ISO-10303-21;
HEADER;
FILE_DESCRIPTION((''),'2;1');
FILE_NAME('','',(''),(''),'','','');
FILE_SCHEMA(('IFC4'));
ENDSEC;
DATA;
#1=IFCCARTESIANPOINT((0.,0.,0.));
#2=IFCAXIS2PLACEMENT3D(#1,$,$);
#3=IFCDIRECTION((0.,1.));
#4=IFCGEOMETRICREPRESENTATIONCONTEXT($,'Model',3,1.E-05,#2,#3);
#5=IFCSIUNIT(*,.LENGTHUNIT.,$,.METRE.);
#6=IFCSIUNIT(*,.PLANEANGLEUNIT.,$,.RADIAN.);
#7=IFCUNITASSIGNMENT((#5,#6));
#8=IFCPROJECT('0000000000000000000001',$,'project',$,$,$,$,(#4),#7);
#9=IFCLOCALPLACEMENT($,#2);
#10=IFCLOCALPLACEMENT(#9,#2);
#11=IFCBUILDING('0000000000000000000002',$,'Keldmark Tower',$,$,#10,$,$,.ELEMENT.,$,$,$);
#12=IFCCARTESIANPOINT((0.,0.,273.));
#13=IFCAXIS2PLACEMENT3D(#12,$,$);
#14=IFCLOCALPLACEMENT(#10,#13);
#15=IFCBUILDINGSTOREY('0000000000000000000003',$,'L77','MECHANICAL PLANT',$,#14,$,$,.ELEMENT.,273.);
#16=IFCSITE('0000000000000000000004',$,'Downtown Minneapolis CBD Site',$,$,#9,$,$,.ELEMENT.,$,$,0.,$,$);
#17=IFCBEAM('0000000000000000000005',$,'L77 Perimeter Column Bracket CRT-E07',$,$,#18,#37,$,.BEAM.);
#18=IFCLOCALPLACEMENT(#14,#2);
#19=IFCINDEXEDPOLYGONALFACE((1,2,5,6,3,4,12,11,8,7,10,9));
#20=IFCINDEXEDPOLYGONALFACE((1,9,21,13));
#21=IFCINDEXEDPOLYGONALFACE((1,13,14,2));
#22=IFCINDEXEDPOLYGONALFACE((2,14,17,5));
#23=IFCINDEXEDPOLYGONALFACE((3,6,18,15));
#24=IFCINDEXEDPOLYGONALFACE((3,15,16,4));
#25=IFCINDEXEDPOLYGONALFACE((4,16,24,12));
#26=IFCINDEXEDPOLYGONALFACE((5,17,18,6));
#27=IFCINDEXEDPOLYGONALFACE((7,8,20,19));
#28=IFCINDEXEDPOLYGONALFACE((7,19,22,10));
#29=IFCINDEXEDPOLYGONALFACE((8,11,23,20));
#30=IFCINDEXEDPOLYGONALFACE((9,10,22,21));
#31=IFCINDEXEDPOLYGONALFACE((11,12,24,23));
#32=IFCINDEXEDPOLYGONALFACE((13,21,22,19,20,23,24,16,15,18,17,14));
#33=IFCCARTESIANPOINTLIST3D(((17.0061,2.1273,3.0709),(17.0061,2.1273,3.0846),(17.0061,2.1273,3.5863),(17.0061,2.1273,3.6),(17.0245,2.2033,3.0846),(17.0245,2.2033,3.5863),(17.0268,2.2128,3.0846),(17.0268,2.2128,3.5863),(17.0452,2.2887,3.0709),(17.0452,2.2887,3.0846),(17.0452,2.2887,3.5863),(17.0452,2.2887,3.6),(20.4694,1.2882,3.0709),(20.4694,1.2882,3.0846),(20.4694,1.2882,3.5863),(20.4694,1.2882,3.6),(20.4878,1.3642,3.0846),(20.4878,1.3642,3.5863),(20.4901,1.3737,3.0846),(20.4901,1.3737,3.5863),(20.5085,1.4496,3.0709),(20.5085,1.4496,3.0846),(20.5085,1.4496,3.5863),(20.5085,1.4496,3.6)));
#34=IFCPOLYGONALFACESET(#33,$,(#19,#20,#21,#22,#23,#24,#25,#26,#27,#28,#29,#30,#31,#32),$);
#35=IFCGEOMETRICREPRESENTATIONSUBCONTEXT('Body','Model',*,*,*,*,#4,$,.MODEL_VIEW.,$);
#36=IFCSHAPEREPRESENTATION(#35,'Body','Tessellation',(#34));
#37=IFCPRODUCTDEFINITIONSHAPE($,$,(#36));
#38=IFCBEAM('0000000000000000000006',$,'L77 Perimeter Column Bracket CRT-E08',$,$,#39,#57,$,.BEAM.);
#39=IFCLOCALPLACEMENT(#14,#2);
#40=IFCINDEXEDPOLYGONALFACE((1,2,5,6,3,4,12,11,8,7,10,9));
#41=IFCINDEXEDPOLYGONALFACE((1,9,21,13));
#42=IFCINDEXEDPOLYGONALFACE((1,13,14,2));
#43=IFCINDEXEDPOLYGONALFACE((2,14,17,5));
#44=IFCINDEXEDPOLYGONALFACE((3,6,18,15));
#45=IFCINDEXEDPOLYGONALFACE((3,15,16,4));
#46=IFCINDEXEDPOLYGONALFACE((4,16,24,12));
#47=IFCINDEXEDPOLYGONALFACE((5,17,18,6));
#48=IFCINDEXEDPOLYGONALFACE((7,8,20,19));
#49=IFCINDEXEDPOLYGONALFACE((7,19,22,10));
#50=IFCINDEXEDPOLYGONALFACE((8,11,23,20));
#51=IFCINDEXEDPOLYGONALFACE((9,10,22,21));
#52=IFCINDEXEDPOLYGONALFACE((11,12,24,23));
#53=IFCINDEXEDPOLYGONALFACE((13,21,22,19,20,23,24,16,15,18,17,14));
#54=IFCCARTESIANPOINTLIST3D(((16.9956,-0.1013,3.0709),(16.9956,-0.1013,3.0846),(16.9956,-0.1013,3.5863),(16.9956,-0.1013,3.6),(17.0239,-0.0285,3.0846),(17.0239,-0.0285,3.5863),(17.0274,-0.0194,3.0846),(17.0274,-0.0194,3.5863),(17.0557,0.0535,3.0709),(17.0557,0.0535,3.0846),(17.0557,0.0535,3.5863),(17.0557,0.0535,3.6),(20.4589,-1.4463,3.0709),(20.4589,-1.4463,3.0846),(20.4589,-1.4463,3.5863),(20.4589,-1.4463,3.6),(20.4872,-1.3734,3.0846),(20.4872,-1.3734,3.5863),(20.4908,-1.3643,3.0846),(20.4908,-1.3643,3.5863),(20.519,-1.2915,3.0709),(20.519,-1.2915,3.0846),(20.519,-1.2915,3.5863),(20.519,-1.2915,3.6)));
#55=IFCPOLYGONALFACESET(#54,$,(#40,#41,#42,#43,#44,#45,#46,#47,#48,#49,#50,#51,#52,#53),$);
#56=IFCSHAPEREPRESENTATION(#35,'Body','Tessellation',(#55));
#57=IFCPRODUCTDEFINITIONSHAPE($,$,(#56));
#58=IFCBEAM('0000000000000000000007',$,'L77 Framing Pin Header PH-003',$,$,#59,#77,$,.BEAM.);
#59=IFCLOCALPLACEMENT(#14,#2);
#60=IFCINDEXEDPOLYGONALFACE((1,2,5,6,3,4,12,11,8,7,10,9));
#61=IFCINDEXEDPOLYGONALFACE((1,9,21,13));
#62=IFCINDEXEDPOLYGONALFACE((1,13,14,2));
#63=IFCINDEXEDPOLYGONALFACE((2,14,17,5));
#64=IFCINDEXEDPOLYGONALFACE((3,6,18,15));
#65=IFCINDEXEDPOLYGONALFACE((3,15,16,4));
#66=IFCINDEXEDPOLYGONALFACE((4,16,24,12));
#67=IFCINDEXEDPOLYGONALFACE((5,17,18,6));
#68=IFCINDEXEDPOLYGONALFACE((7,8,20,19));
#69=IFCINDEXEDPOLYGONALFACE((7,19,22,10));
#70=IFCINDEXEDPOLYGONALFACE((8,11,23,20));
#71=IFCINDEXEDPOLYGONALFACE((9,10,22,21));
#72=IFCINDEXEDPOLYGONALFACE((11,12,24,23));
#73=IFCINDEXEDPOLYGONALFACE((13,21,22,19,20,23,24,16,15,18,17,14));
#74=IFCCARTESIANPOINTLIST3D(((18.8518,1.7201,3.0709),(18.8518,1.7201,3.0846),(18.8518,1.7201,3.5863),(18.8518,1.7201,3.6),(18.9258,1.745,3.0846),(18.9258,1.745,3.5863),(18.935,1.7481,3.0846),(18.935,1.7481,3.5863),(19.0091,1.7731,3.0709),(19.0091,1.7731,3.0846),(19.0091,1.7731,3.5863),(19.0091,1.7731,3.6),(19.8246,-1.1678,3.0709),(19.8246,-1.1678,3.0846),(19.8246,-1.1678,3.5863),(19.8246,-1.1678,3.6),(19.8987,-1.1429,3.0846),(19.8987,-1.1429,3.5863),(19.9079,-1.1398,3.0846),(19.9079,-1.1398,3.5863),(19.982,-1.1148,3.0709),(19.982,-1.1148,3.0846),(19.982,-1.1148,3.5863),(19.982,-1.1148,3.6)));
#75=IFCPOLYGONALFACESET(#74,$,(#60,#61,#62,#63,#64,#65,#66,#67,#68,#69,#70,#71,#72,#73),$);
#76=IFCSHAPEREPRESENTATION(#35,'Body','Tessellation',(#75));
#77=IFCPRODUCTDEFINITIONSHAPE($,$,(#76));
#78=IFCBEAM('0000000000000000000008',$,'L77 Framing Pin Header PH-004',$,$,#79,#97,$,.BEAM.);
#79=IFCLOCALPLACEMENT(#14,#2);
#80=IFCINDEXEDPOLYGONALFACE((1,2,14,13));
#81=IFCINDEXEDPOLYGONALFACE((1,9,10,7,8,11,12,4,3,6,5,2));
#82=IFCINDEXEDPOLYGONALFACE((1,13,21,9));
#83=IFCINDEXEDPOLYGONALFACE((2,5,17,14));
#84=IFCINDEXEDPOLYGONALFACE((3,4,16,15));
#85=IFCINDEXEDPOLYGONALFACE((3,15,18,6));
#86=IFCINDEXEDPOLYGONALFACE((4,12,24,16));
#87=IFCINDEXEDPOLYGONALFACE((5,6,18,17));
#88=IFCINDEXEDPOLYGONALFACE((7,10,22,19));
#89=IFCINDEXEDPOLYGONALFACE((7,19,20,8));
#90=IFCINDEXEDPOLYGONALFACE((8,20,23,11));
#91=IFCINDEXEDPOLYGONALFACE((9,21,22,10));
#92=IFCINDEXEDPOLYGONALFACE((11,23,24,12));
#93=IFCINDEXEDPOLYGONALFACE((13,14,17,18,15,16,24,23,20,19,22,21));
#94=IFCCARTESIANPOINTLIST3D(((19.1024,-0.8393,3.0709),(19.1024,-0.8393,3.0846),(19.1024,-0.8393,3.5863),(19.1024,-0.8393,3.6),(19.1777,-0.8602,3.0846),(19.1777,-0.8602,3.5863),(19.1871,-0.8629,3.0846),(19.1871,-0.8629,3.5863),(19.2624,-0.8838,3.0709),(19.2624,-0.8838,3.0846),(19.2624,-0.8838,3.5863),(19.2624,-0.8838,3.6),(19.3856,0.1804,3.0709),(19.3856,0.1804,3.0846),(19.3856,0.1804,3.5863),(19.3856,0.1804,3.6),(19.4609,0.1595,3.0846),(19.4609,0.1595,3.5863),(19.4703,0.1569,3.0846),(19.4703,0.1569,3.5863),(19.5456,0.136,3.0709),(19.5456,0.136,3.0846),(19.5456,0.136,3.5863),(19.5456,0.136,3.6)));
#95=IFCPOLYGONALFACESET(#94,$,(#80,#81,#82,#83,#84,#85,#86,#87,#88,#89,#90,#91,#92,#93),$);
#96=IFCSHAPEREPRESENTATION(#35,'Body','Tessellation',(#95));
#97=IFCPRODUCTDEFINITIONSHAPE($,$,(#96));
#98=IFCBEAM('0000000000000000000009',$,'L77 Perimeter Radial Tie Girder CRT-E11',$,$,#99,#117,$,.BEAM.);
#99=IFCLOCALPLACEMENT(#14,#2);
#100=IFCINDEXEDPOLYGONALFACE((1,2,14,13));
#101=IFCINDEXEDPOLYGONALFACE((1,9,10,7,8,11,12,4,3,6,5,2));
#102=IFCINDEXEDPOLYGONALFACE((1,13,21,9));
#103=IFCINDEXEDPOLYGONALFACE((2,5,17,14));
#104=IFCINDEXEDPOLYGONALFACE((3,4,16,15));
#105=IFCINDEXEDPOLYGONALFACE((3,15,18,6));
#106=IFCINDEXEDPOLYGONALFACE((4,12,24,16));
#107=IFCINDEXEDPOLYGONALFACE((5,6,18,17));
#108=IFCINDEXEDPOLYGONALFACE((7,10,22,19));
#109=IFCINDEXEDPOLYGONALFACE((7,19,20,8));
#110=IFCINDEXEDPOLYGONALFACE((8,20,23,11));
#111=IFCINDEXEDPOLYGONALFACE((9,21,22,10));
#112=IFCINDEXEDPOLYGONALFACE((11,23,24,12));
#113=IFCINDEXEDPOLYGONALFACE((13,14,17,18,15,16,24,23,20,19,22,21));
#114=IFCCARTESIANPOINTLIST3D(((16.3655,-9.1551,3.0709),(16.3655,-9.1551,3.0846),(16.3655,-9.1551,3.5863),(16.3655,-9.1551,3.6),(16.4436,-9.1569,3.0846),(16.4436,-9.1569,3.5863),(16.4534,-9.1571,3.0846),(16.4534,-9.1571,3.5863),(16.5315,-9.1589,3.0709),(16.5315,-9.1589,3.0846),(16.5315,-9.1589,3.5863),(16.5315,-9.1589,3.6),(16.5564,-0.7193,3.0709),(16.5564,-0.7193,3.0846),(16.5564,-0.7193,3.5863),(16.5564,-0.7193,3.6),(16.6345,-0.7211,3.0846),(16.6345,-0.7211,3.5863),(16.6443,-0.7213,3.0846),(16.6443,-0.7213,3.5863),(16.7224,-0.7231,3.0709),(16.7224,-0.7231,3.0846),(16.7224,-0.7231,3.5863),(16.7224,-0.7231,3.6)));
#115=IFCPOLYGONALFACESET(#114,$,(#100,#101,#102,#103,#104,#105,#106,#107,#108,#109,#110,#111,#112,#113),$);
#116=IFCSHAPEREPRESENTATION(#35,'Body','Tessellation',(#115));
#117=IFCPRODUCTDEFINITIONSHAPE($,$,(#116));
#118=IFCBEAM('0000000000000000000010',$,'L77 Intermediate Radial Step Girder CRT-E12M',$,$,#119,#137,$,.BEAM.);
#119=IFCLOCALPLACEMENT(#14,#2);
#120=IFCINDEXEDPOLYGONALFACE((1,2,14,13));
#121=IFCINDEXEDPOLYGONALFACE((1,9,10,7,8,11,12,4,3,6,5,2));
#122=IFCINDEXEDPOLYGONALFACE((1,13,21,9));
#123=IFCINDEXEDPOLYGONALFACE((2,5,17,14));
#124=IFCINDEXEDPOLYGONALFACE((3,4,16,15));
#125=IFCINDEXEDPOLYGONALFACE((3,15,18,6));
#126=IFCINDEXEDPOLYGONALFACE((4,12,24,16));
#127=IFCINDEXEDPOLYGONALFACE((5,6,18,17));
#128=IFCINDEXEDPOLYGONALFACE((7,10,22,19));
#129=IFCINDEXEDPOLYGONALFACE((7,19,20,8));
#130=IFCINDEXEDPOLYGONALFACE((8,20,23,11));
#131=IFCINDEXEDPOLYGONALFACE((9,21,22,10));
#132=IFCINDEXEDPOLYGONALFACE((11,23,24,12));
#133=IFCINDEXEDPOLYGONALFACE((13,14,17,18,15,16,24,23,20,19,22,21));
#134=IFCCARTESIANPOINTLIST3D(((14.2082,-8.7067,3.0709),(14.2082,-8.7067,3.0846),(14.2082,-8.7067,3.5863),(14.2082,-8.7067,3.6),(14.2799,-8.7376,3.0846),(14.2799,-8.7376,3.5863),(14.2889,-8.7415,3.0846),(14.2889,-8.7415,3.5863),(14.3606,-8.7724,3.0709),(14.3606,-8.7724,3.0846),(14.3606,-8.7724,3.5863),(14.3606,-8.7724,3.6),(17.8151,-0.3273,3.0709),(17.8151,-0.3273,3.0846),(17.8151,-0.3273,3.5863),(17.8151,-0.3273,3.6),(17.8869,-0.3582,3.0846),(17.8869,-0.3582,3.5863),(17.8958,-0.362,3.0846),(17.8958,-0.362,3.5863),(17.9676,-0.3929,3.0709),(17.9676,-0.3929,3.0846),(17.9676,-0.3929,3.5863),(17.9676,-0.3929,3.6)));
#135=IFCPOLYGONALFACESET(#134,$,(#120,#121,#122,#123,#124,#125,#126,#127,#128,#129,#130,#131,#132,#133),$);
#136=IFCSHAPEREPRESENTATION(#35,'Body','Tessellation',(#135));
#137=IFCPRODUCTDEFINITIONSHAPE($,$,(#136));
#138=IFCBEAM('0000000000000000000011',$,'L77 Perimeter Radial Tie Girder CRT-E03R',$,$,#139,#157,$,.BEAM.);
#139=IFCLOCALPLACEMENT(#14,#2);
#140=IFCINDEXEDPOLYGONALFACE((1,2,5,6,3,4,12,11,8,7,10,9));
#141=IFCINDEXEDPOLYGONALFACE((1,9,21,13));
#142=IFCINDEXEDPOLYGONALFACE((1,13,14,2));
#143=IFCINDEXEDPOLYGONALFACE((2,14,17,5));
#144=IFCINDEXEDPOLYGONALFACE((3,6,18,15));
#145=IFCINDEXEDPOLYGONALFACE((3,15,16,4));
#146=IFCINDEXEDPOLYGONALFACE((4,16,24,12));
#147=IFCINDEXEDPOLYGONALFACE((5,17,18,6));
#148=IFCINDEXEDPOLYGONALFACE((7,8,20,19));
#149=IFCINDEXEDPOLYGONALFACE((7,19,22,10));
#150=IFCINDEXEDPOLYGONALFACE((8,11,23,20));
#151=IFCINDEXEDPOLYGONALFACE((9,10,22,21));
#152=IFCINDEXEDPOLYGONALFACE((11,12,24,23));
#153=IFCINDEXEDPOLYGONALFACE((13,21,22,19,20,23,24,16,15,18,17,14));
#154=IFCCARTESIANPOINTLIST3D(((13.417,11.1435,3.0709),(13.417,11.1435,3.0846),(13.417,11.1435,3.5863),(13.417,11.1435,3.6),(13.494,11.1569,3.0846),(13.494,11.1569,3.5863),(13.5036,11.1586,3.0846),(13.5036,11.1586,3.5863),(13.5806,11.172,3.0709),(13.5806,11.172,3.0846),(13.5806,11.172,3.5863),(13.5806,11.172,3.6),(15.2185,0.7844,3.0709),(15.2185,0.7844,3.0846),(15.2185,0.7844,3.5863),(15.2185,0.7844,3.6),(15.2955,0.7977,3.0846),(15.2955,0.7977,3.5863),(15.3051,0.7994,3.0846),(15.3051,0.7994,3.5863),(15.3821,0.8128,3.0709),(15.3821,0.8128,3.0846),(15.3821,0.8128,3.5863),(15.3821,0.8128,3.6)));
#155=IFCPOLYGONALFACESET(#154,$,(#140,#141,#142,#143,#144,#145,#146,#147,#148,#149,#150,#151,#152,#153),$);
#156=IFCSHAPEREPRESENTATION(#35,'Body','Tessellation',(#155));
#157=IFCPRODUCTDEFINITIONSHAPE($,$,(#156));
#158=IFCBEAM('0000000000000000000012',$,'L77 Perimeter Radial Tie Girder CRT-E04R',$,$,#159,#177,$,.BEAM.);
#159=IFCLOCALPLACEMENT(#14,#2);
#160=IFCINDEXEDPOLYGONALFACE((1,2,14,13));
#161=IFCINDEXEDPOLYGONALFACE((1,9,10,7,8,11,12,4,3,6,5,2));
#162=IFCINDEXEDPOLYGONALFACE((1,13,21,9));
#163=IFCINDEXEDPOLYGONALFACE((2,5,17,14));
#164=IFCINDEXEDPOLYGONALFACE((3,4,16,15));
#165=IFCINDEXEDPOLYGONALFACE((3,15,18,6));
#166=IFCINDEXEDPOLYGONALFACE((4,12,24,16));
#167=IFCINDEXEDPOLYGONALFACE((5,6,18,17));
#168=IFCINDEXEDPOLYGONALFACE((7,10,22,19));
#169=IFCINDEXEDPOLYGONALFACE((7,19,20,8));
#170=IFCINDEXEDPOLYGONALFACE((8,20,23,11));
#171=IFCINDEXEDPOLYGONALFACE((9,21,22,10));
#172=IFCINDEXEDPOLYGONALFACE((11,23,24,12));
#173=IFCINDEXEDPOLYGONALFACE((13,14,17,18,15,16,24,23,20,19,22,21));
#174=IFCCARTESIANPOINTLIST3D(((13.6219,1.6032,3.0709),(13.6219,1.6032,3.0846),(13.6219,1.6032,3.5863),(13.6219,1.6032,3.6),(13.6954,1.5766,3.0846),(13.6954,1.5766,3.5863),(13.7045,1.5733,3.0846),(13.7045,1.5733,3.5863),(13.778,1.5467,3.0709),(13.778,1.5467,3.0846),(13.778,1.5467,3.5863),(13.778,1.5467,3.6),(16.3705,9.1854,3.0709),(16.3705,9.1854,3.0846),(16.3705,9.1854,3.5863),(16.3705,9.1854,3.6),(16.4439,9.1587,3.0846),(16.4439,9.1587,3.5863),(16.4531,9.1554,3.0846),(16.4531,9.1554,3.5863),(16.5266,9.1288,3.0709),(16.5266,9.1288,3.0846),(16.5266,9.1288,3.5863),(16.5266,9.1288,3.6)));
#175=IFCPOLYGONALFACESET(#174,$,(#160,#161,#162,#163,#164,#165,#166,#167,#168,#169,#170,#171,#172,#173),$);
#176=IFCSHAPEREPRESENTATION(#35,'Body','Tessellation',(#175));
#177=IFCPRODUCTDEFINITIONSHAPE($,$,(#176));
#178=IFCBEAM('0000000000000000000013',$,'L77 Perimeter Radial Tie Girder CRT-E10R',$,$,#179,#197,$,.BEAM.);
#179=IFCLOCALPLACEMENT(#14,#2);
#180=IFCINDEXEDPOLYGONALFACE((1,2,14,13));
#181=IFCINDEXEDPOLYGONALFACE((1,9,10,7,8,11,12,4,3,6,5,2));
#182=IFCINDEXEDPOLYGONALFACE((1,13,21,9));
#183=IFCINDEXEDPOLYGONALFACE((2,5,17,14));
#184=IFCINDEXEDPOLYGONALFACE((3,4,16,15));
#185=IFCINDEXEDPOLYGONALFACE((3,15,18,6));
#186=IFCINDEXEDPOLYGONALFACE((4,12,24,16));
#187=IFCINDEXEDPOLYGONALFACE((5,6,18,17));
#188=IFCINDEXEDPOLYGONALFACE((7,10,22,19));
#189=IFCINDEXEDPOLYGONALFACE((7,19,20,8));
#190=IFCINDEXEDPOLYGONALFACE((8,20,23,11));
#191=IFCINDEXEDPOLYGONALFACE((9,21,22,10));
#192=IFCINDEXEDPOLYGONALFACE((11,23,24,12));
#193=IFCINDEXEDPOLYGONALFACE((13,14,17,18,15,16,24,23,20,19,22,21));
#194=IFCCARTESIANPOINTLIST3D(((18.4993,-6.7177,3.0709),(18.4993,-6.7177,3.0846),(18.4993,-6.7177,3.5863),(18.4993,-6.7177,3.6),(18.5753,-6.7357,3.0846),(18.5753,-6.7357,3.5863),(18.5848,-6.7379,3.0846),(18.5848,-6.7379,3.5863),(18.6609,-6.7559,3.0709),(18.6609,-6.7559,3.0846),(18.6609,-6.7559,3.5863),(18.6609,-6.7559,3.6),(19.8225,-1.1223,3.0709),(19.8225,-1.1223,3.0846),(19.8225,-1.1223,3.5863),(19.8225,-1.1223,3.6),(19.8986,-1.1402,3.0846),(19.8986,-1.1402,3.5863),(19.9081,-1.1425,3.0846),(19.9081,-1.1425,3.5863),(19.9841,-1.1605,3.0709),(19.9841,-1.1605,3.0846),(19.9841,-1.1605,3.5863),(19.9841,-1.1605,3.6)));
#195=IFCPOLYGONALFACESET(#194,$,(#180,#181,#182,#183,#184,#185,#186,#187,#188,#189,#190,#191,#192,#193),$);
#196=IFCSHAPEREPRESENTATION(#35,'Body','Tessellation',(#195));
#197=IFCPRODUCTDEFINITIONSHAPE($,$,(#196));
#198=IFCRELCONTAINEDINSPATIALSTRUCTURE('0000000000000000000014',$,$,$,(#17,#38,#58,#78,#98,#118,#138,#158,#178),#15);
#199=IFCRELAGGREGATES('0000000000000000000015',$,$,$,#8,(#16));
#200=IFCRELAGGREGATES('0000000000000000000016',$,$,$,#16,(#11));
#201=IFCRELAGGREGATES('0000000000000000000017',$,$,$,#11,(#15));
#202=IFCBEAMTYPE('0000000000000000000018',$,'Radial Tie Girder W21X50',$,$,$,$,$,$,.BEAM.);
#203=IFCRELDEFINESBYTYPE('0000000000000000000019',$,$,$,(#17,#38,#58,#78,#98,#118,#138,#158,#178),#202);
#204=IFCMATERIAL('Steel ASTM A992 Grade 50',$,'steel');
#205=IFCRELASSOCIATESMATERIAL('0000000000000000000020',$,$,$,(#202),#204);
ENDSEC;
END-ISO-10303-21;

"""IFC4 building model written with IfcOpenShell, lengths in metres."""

from ifc_helpers import new_model, si_unit, direction, frame, origin, origin_2d, place, context, subcontext, project, spatial, i_section, extrude, material, material_profile, profile_set, type_object, element, save


model = new_model("IFC4")

# Units and contexts
model_context = context("Model", 3, precision=1e-05, world=origin(), true_north=direction((0.0, 1.0)))
body_context = subcontext(model_context, "Body", "Model", "MODEL_VIEW")
ifc_project = project(units=[si_unit("LENGTHUNIT", "METRE"), si_unit("PLANEANGLEUNIT", "RADIAN")], contexts=[model_context])

# Site, building, storey
site_placement = place(None, origin())
site = spatial("IfcSite", under=ifc_project, at=site_placement, Name="Downtown Minneapolis CBD Site", CompositionType="ELEMENT", RefElevation=0.0)
building_placement = place(site_placement, origin())
building = spatial("IfcBuilding", under=site, at=building_placement, Name="Keldmark Tower", CompositionType="ELEMENT")
storey_placement = place(building_placement, frame((0.0, 0.0, 273.0)))
storey = spatial("IfcBuildingStorey", under=building, at=storey_placement, Name="L77", Description="MECHANICAL PLANT", CompositionType="ELEMENT", Elevation=273.0)

# Beams
ifc_material_1 = material(Name="Steel ASTM A992 Grade 50", Category="steel")
ifc_material_profile_1 = material_profile(ifc_material_1, i_section(OverallWidth=0.166, OverallDepth=0.5291, WebThickness=0.0098, FlangeThickness=0.0137, at=origin_2d()), Name="W21X50")
ifc_profile_set_1 = profile_set([ifc_material_profile_1], Name="Steel ASTM A992 Grade 50")
beam_type_1 = type_object("IfcBeamType", Name="Radial Tie Girder W21X50", PredefinedType="BEAM", material=ifc_profile_set_1)
beam_1_placement = place(storey_placement, frame((17.0256, 2.208, 3.3354), z_axis=(0.971882, -0.235469, 0.0), x_axis=(0.235469, 0.971882, 0.0)))
element("IfcBeam", 1, at=beam_1_placement, inside=storey, type_object=beam_type_1, Name="L77 Perimeter Column Bracket CRT-E07", PredefinedType="BEAM", context=body_context, shape_type="SweptSolid", body=[
    extrude(i_section(OverallWidth=0.166, OverallDepth=0.5291, WebThickness=0.0098, FlangeThickness=0.0137, at=origin_2d()), origin(), (0.0, 0.0, 1.0), 3.5635),
])
beam_2_placement = place(storey_placement, frame((17.0256, -0.0239, 3.3354), z_axis=(0.932177, -0.362002, 0.0), x_axis=(0.362002, 0.932177, 0.0)))
element("IfcBeam", 2, at=beam_2_placement, inside=storey, type_object=beam_type_1, Name="L77 Perimeter Column Bracket CRT-E08", PredefinedType="BEAM", context=body_context, shape_type="SweptSolid", body=[
    extrude(i_section(OverallWidth=0.166, OverallDepth=0.5291, WebThickness=0.0098, FlangeThickness=0.0137, at=origin_2d()), origin(), (0.0, 0.0, 1.0), 3.7153),
])
beam_3_placement = place(storey_placement, frame((18.9304, 1.7466, 3.3354), z_axis=(0.319254, -0.947669, 0.0), x_axis=(0.947669, 0.319254, 0.0)))
element("IfcBeam", 3, at=beam_3_placement, inside=storey, type_object=beam_type_1, Name="L77 Framing Pin Header PH-003", PredefinedType="BEAM", context=body_context, shape_type="SweptSolid", body=[
    extrude(i_section(OverallWidth=0.166, OverallDepth=0.5291, WebThickness=0.0098, FlangeThickness=0.0137, at=origin_2d()), origin(), (0.0, 0.0, 1.0), 3.0474),
])
beam_4_placement = place(storey_placement, frame((19.4656, 0.1582, 3.3354), z_axis=(-0.267584, -0.963534, 0.0), x_axis=(0.963534, -0.267584, 0.0)))
element("IfcBeam", 4, at=beam_4_placement, inside=storey, type_object=beam_type_1, Name="L77 Framing Pin Header PH-004", PredefinedType="BEAM", context=body_context, shape_type="SweptSolid", body=[
    extrude(i_section(OverallWidth=0.166, OverallDepth=0.5291, WebThickness=0.0098, FlangeThickness=0.0137, at=origin_2d()), origin(), (0.0, 0.0, 1.0), 1.0583),
])
beam_5_placement = place(storey_placement, frame((16.6394, -0.7212, 3.3354), z_axis=(-0.022626, -0.999744, 0.0), x_axis=(0.999744, -0.022626, 0.0)))
element("IfcBeam", 5, at=beam_5_placement, inside=storey, type_object=beam_type_1, Name="L77 Perimeter Radial Tie Girder CRT-E11", PredefinedType="BEAM", context=body_context, shape_type="SweptSolid", body=[
    extrude(i_section(OverallWidth=0.166, OverallDepth=0.5291, WebThickness=0.0098, FlangeThickness=0.0137, at=origin_2d()), origin(), (0.0, 0.0, 1.0), 8.438),
])
beam_6_placement = place(storey_placement, frame((17.8914, -0.3601, 3.3354), z_axis=(-0.395379, -0.918518, 0.0), x_axis=(0.918518, -0.395379, 0.0)))
element("IfcBeam", 6, at=beam_6_placement, inside=storey, type_object=beam_type_1, Name="L77 Intermediate Radial Step Girder CRT-E12M", PredefinedType="BEAM", context=body_context, shape_type="SweptSolid", body=[
    extrude(i_section(OverallWidth=0.166, OverallDepth=0.5291, WebThickness=0.0098, FlangeThickness=0.0137, at=origin_2d()), origin(), (0.0, 0.0, 1.0), 9.1228),
])
beam_7_placement = place(storey_placement, frame((15.3003, 0.7986, 3.3354), z_axis=(-0.171334, 0.985213, 0.0), x_axis=(-0.985213, -0.171334, 0.0)))
element("IfcBeam", 7, at=beam_7_placement, inside=storey, type_object=beam_type_1, Name="L77 Perimeter Radial Tie Girder CRT-E03R", PredefinedType="BEAM", context=body_context, shape_type="SweptSolid", body=[
    extrude(i_section(OverallWidth=0.166, OverallDepth=0.5291, WebThickness=0.0098, FlangeThickness=0.0137, at=origin_2d()), origin(), (0.0, 0.0, 1.0), 10.5146),
])
beam_8_placement = place(storey_placement, frame((13.7, 1.575, 3.3354), z_axis=(0.340805, 0.940134, 0.0), x_axis=(-0.940134, 0.340805, 0.0)))
element("IfcBeam", 8, at=beam_8_placement, inside=storey, type_object=beam_type_1, Name="L77 Perimeter Radial Tie Girder CRT-E04R", PredefinedType="BEAM", context=body_context, shape_type="SweptSolid", body=[
    extrude(i_section(OverallWidth=0.166, OverallDepth=0.5291, WebThickness=0.0098, FlangeThickness=0.0137, at=origin_2d()), origin(), (0.0, 0.0, 1.0), 8.0649),
])
beam_9_placement = place(storey_placement, frame((19.9033, -1.1414, 3.3354), z_axis=(-0.230137, -0.973158, 0.0), x_axis=(0.973158, -0.230137, 0.0)))
element("IfcBeam", 9, at=beam_9_placement, inside=storey, type_object=beam_type_1, Name="L77 Perimeter Radial Tie Girder CRT-E10R", PredefinedType="BEAM", context=body_context, shape_type="SweptSolid", body=[
    extrude(i_section(OverallWidth=0.166, OverallDepth=0.5291, WebThickness=0.0098, FlangeThickness=0.0137, at=origin_2d()), origin(), (0.0, 0.0, 1.0), 5.7498),
])

save(model, "model.ifc")
